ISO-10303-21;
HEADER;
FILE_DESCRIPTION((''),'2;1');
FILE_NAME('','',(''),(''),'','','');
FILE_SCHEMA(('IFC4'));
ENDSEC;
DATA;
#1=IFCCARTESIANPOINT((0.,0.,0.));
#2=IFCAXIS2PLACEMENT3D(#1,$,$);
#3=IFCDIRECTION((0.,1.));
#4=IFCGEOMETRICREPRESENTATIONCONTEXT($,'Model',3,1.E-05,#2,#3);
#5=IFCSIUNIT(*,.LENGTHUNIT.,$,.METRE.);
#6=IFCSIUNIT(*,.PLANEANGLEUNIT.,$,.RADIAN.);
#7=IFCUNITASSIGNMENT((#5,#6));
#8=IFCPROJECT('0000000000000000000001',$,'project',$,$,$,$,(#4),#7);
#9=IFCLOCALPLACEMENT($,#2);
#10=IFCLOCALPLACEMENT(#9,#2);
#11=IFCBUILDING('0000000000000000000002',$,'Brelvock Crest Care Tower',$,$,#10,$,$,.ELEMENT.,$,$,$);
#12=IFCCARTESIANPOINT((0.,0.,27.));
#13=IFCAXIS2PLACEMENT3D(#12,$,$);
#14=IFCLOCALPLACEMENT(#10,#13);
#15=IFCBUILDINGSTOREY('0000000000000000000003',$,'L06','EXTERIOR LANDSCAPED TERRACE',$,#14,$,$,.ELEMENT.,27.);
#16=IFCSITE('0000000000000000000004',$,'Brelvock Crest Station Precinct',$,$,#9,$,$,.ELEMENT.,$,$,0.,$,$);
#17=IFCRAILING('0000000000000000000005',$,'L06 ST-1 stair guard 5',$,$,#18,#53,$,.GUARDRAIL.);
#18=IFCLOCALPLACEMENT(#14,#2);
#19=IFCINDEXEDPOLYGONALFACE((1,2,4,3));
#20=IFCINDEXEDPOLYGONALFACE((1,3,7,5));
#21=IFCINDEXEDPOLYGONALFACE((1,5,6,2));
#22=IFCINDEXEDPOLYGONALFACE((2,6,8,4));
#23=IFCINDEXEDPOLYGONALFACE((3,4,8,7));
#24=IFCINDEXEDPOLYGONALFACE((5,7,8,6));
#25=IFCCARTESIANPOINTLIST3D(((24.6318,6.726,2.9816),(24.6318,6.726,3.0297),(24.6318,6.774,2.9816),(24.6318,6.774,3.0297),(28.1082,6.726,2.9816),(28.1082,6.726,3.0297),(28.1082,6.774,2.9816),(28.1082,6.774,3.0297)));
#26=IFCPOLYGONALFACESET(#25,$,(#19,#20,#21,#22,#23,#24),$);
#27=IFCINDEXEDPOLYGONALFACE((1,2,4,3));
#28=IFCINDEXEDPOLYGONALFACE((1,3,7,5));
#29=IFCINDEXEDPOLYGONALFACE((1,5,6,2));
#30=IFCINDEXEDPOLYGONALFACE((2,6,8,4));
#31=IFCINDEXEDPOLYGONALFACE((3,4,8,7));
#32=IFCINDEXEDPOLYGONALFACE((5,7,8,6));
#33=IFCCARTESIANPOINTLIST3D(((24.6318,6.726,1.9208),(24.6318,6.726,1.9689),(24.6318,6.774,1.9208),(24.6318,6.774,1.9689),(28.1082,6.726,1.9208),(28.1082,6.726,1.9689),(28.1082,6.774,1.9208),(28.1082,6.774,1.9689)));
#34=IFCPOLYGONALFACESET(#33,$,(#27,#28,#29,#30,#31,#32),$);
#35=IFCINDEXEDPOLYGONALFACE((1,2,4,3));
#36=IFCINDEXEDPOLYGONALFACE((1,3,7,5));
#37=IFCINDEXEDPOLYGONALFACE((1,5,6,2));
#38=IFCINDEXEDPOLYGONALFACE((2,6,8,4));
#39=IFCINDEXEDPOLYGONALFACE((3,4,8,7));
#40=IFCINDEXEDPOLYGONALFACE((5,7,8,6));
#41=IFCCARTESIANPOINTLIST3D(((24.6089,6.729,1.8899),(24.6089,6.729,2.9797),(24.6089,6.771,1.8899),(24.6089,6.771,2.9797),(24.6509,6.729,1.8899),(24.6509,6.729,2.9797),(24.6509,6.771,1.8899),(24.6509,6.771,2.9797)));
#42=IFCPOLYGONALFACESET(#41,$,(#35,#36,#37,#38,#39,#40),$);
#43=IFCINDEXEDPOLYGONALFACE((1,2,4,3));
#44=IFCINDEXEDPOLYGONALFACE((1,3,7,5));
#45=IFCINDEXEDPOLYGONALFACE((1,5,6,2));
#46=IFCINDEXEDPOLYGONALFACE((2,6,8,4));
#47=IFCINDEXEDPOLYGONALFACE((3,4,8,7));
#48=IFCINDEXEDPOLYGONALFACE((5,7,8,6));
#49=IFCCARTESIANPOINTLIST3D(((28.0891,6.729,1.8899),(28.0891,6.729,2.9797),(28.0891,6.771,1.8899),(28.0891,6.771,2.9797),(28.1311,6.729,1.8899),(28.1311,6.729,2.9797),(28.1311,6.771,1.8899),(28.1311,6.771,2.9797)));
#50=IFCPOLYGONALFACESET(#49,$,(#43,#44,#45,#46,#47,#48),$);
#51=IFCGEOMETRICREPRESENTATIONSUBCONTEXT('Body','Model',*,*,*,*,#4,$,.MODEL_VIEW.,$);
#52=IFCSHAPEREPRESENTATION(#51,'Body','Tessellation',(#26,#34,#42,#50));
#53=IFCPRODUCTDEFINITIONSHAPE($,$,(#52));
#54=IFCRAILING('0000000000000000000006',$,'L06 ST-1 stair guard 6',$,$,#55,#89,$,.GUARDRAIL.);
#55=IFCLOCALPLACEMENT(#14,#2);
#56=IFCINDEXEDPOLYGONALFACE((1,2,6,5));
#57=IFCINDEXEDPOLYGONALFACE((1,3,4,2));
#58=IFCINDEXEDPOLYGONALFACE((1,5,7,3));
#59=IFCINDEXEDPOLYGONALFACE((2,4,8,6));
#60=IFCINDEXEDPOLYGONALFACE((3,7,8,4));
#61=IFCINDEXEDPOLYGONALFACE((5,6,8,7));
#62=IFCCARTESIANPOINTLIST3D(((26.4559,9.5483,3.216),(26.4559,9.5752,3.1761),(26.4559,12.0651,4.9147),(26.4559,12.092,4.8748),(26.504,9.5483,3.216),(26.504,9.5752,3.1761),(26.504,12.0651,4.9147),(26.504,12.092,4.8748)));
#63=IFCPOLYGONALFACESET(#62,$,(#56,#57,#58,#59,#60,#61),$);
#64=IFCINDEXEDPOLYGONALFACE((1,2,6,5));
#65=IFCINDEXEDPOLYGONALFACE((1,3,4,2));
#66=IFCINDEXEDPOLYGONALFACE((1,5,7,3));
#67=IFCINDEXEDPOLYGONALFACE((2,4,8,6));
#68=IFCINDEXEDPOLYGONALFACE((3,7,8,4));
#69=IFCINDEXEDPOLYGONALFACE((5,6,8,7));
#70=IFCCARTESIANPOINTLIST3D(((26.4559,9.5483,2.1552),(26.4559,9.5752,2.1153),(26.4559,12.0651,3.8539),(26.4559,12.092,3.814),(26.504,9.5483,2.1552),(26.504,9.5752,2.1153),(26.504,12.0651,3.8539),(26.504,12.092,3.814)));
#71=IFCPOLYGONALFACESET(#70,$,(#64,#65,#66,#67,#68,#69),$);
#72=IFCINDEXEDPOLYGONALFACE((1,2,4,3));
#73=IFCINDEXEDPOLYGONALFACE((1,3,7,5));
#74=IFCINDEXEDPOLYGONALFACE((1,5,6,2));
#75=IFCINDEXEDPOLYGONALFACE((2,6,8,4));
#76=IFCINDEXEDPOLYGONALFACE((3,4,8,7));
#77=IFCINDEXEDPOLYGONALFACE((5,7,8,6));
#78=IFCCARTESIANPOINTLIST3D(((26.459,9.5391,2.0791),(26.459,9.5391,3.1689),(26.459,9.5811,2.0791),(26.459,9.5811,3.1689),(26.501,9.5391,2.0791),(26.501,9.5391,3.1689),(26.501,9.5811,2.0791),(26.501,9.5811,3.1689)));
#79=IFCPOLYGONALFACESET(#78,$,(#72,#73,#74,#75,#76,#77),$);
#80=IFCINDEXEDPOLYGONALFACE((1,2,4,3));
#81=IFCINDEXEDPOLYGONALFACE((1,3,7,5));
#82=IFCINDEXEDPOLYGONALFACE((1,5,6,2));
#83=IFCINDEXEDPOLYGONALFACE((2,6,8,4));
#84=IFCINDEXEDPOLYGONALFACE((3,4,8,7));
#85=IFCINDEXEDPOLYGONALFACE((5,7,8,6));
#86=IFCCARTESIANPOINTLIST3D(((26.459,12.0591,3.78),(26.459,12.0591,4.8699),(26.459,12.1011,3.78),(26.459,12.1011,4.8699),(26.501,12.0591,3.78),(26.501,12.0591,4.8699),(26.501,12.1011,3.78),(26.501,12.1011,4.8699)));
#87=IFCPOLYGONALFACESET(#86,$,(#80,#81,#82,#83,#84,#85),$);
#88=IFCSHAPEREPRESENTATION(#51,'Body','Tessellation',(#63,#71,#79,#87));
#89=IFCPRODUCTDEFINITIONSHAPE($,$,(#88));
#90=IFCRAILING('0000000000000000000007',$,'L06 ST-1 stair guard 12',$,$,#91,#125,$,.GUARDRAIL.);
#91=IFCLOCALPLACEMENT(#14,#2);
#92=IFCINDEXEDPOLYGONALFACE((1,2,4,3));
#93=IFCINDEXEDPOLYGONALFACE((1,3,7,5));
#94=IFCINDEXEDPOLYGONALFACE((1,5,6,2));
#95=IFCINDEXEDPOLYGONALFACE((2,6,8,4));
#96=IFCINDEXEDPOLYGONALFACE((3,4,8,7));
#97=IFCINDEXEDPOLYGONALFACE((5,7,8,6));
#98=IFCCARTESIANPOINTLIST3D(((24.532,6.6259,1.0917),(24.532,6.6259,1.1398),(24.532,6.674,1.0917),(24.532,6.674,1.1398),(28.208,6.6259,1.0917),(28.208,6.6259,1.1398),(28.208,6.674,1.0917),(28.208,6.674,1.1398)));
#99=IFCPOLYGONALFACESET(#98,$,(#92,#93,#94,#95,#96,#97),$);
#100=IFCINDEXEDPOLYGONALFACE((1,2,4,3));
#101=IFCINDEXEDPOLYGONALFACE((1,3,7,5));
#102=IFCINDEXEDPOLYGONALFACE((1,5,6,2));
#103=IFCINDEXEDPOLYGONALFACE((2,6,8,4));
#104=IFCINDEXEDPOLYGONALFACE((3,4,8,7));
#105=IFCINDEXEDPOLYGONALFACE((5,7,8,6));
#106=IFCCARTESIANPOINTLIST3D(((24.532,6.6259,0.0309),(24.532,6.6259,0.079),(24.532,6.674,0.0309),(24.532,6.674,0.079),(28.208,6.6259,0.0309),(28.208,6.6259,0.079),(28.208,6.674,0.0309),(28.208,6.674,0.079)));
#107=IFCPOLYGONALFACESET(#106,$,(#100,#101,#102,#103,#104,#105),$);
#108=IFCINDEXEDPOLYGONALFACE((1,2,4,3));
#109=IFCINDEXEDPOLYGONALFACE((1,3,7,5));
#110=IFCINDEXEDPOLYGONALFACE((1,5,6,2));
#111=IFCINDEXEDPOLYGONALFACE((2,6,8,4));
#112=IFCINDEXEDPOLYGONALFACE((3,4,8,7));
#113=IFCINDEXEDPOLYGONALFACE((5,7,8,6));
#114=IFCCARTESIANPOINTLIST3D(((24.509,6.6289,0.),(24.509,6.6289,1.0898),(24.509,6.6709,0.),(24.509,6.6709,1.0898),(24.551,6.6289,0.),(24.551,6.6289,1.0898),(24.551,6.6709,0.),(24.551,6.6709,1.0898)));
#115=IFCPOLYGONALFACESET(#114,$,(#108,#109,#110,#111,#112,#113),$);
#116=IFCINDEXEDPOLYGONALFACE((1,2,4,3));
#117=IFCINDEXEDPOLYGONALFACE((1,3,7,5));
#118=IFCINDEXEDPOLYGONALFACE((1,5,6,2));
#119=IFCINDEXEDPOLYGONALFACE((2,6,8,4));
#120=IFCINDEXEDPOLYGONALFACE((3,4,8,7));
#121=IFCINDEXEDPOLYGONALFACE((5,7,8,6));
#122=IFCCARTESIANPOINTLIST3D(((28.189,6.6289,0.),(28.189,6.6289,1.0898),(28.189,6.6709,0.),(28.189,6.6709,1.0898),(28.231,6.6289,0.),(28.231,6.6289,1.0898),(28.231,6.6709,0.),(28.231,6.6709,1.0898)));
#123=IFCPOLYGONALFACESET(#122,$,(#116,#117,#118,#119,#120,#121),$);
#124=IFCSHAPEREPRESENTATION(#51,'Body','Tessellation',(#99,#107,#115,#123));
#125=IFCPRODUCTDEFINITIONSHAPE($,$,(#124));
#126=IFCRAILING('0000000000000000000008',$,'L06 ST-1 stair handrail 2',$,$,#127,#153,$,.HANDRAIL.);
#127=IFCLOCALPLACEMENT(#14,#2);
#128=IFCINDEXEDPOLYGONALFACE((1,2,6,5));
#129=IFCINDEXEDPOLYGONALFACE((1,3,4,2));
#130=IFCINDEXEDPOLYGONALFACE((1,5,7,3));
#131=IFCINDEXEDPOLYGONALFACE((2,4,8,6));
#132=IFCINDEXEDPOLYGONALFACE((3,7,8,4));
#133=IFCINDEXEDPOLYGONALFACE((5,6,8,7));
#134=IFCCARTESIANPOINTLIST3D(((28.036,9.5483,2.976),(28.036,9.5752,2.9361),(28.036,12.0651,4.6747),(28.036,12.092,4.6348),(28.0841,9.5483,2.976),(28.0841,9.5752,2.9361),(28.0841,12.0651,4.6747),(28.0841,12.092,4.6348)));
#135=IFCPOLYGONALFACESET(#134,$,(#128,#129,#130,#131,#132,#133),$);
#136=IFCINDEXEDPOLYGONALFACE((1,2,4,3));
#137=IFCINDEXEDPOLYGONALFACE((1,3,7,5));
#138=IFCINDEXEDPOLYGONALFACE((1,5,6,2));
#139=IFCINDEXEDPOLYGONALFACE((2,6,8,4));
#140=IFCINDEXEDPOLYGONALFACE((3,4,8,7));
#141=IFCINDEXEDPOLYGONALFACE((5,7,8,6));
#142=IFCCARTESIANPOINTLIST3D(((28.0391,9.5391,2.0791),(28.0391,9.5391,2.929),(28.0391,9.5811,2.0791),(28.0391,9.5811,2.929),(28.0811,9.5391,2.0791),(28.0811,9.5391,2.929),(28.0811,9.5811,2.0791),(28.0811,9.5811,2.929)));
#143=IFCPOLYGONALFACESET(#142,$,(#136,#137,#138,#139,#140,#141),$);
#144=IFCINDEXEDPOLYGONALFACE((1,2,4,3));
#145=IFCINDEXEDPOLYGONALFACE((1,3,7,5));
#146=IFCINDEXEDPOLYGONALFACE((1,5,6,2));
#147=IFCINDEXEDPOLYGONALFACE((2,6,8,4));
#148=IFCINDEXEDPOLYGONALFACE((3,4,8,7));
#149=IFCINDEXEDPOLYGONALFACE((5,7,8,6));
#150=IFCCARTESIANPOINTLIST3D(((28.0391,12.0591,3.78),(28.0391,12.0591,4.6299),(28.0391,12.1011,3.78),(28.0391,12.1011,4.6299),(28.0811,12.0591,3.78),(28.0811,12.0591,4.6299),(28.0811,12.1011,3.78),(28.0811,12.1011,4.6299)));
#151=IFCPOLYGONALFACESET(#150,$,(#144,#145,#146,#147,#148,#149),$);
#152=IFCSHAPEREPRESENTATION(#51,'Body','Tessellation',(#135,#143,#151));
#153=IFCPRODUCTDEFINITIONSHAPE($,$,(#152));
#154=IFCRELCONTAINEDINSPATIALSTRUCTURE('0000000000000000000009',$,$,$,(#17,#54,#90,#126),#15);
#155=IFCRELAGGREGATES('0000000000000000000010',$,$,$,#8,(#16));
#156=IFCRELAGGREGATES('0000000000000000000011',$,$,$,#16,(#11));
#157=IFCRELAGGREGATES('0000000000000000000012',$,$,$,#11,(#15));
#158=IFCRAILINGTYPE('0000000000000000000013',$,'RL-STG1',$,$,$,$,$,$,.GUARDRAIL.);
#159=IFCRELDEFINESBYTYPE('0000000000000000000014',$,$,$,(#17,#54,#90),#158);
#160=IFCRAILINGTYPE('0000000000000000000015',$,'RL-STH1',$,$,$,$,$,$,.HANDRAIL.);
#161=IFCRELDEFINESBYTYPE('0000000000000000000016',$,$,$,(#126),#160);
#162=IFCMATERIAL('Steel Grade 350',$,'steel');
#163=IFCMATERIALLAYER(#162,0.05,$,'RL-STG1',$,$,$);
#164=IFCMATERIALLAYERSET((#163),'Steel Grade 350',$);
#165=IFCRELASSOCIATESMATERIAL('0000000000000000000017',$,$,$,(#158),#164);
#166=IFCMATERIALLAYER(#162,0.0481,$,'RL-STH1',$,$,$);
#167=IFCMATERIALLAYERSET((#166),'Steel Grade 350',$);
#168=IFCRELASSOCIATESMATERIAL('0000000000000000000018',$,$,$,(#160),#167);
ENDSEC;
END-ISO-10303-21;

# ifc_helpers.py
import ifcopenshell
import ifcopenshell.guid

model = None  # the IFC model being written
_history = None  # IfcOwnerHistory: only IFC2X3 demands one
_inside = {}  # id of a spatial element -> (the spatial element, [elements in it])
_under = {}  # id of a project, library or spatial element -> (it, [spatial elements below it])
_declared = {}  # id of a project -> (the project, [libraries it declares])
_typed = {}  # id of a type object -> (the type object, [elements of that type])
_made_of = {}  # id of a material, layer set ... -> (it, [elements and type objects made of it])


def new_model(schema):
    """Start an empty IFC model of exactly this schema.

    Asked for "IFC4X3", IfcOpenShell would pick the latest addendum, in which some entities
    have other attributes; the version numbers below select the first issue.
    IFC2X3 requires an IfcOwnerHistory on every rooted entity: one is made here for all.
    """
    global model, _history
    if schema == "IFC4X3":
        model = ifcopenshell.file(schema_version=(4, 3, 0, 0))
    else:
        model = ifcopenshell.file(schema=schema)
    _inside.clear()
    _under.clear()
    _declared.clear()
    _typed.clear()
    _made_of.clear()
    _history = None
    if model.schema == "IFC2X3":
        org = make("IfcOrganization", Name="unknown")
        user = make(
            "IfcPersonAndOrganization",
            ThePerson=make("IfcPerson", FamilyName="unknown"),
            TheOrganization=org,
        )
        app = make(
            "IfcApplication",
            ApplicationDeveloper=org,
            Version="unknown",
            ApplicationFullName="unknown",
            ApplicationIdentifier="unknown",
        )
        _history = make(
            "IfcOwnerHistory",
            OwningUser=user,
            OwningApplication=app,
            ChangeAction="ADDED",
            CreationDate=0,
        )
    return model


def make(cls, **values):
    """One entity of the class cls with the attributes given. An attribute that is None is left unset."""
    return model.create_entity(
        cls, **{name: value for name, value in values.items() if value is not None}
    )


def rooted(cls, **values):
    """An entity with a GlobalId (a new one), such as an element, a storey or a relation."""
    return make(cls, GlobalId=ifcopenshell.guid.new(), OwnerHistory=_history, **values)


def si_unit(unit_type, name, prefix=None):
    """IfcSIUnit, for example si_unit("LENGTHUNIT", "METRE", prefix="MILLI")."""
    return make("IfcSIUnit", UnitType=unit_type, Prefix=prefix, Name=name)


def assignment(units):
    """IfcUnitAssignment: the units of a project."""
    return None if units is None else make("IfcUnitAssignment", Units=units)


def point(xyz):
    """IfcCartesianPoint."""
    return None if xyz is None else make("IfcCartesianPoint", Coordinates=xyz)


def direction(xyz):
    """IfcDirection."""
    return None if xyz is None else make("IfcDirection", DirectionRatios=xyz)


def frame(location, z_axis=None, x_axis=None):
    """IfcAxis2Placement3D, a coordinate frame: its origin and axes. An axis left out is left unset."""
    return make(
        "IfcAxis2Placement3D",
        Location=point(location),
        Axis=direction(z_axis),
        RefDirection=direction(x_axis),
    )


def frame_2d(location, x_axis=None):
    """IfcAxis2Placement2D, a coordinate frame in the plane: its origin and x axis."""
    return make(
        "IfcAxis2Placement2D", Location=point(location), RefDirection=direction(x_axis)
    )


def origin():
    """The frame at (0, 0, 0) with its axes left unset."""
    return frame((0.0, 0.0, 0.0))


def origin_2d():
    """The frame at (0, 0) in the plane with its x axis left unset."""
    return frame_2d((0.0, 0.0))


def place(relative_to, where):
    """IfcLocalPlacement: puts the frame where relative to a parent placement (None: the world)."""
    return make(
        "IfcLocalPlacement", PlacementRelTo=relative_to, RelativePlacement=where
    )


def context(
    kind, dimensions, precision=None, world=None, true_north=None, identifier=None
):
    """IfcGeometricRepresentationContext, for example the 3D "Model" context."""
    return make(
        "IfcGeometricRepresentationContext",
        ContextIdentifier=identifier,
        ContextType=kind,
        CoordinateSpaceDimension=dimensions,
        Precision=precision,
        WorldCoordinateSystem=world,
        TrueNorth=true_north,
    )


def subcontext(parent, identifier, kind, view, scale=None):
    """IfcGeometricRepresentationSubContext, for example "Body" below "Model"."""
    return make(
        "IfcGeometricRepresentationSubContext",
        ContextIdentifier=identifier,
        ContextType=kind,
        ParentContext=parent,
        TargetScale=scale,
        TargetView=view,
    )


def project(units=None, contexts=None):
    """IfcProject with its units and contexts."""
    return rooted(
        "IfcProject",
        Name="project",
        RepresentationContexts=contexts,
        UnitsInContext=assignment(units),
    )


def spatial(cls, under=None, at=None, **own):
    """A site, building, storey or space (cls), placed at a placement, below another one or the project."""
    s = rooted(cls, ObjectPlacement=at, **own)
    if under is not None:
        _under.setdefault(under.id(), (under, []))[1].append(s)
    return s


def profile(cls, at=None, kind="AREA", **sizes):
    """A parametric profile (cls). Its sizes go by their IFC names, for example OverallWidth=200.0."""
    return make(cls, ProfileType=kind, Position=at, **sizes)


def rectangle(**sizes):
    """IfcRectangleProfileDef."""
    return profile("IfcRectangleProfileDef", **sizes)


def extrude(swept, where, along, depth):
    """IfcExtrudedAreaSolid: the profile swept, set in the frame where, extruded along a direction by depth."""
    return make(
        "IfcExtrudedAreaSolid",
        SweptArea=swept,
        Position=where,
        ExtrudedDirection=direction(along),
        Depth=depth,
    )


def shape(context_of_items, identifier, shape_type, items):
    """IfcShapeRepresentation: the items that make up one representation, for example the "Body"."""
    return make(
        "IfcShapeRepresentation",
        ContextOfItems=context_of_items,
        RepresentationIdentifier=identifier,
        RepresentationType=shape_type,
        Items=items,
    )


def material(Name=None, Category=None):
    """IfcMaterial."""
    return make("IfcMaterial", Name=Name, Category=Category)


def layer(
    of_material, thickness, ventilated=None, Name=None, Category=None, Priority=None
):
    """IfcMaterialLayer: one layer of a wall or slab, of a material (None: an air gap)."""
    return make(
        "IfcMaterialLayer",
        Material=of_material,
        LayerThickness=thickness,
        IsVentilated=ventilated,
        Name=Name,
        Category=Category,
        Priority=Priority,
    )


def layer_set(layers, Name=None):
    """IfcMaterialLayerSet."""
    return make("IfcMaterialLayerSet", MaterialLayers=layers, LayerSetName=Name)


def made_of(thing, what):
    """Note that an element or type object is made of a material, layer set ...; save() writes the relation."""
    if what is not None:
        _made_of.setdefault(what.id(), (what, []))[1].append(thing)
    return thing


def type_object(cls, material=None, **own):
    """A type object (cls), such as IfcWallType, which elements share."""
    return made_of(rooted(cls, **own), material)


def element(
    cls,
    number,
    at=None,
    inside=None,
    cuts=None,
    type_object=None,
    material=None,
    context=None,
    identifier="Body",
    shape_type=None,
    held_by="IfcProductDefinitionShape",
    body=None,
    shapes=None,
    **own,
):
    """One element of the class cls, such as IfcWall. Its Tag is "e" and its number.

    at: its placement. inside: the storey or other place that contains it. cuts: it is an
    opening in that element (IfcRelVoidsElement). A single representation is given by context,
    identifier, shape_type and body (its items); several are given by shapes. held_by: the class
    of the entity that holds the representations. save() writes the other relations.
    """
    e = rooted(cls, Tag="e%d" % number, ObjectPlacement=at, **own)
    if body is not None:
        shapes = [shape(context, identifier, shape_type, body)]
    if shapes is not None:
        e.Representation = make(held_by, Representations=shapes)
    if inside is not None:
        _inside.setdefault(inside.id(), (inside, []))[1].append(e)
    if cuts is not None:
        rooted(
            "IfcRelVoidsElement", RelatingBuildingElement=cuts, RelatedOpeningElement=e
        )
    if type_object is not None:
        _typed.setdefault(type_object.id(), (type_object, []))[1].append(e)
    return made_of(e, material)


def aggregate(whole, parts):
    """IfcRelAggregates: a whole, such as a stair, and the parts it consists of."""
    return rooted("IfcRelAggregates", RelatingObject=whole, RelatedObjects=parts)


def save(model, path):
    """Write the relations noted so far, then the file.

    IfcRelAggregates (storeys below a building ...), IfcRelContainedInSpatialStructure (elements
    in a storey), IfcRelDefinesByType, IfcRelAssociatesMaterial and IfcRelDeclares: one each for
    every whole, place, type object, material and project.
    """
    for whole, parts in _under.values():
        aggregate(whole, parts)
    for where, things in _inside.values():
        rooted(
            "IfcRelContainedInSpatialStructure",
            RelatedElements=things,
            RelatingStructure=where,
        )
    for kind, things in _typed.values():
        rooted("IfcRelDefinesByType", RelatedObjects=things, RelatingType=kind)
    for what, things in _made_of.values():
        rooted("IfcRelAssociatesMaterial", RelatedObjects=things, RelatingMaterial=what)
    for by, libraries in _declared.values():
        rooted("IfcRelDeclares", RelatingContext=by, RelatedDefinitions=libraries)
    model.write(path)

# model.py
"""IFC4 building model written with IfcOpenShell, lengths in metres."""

from ifc_helpers import new_model, si_unit, direction, frame, origin, origin_2d, place, context, subcontext, project, spatial, rectangle, extrude, material, layer, layer_set, type_object, element, save


model = new_model("IFC4")

# Units and contexts
model_context = context("Model", 3, precision=1e-05, world=origin(), true_north=direction((0.0, 1.0)))
body_context = subcontext(model_context, "Body", "Model", "MODEL_VIEW")
ifc_project = project(units=[si_unit("LENGTHUNIT", "METRE"), si_unit("PLANEANGLEUNIT", "RADIAN")], contexts=[model_context])

# Site, building, storey
site_placement = place(None, origin())
site = spatial("IfcSite", under=ifc_project, at=site_placement, Name="Brelvock Crest Station Precinct", CompositionType="ELEMENT", RefElevation=0.0)
building_placement = place(site_placement, origin())
building = spatial("IfcBuilding", under=site, at=building_placement, Name="Brelvock Crest Care Tower", CompositionType="ELEMENT")
storey_placement = place(building_placement, frame((0.0, 0.0, 27.0)))
storey = spatial("IfcBuildingStorey", under=building, at=storey_placement, Name="L06", Description="EXTERIOR LANDSCAPED TERRACE", CompositionType="ELEMENT", Elevation=27.0)

# Shared definitions
ifc_material_1 = material(Name="Steel Grade 350", Category="steel")

# Railings
ifc_layer_1 = layer(ifc_material_1, 0.05, Name="RL-STG1")
ifc_layer_set_1 = layer_set([ifc_layer_1], Name="Steel Grade 350")
railing_type_1 = type_object("IfcRailingType", Name="RL-STG1", PredefinedType="GUARDRAIL", material=ifc_layer_set_1)
railing_1_placement = place(storey_placement, frame((24.6299, 6.75, 1.8899)))
element("IfcRailing", 1, at=railing_1_placement, inside=storey, type_object=railing_type_1, Name="L06 ST-1 stair guard 5", PredefinedType="GUARDRAIL", context=body_context, shape_type="SweptSolid", body=[
    extrude(rectangle(XDim=0.0481, YDim=0.0481, at=origin_2d()), frame((0.002, 0.0, 1.1157), z_axis=(1.0, 0.0, 0.0), x_axis=(0.0, 1.0, 0.0)), (0.0, 0.0, 1.0), 3.4763),
    extrude(rectangle(XDim=0.0481, YDim=0.0481, at=origin_2d()), frame((0.002, 0.0, 0.0549), z_axis=(1.0, 0.0, 0.0), x_axis=(0.0, 1.0, 0.0)), (0.0, 0.0, 1.0), 3.4763),
    extrude(rectangle(XDim=0.042, YDim=0.042, at=origin_2d()), origin(), (0.0, 0.0, 1.0), 1.0898),
    extrude(rectangle(XDim=0.042, YDim=0.042, at=origin_2d()), frame((3.4802, 0.0, 0.0)), (0.0, 0.0, 1.0), 1.0898),
])
railing_2_placement = place(storey_placement, frame((26.48, 9.5601, 2.0791)))
element("IfcRailing", 2, at=railing_2_placement, inside=storey, type_object=railing_type_1, Name="L06 ST-1 stair guard 6", PredefinedType="GUARDRAIL", context=body_context, shape_type="SweptSolid", body=[
    extrude(rectangle(XDim=0.0481, YDim=0.0481, at=origin_2d()), frame((0.0, 0.0017, 1.1169), z_axis=(0.0, 0.828862, 0.559454), x_axis=(-1.0, 0.0, 0.0)), (0.0, 0.0, 1.0), 3.0364),
    extrude(rectangle(XDim=0.0481, YDim=0.0481, at=origin_2d()), frame((0.0, 0.0017, 0.0562), z_axis=(0.0, 0.828862, 0.559454), x_axis=(-1.0, 0.0, 0.0)), (0.0, 0.0, 1.0), 3.0364),
    extrude(rectangle(XDim=0.042, YDim=0.042, at=origin_2d()), origin(), (0.0, 0.0, 1.0), 1.0898),
    extrude(rectangle(XDim=0.042, YDim=0.042, at=origin_2d()), frame((0.0, 2.52, 1.7009)), (0.0, 0.0, 1.0), 1.0898),
])
railing_3_placement = place(storey_placement, frame((24.53, 6.6499, 0.0)))
element("IfcRailing", 3, at=railing_3_placement, inside=storey, type_object=railing_type_1, Name="L06 ST-1 stair guard 12", PredefinedType="GUARDRAIL", context=body_context, shape_type="SweptSolid", body=[
    extrude(rectangle(XDim=0.0481, YDim=0.0481, at=origin_2d()), frame((0.002, 0.0, 1.1157), z_axis=(1.0, 0.0, 0.0), x_axis=(0.0, 1.0, 0.0)), (0.0, 0.0, 1.0), 3.676),
    extrude(rectangle(XDim=0.0481, YDim=0.0481, at=origin_2d()), frame((0.002, 0.0, 0.0549), z_axis=(1.0, 0.0, 0.0), x_axis=(0.0, 1.0, 0.0)), (0.0, 0.0, 1.0), 3.676),
    extrude(rectangle(XDim=0.042, YDim=0.042, at=origin_2d()), origin(), (0.0, 0.0, 1.0), 1.0898),
    extrude(rectangle(XDim=0.042, YDim=0.042, at=origin_2d()), frame((3.6799, 0.0, 0.0)), (0.0, 0.0, 1.0), 1.0898),
])
ifc_layer_2 = layer(ifc_material_1, 0.0481, Name="RL-STH1")
ifc_layer_set_2 = layer_set([ifc_layer_2], Name="Steel Grade 350")
railing_type_2 = type_object("IfcRailingType", Name="RL-STH1", PredefinedType="HANDRAIL", material=ifc_layer_set_2)
railing_4_placement = place(storey_placement, frame((28.0601, 9.5601, 2.0791)))
element("IfcRailing", 4, at=railing_4_placement, inside=storey, type_object=railing_type_2, Name="L06 ST-1 stair handrail 2", PredefinedType="HANDRAIL", context=body_context, shape_type="SweptSolid", body=[
    extrude(rectangle(XDim=0.0481, YDim=0.0481, at=origin_2d()), frame((0.0, 0.0017, 0.877), z_axis=(0.0, 0.828862, 0.559454), x_axis=(-1.0, 0.0, 0.0)), (0.0, 0.0, 1.0), 3.0364),
    extrude(rectangle(XDim=0.042, YDim=0.042, at=origin_2d()), origin(), (0.0, 0.0, 1.0), 0.8499),
    extrude(rectangle(XDim=0.042, YDim=0.042, at=origin_2d()), frame((0.0, 2.52, 1.7009)), (0.0, 0.0, 1.0), 0.8499),
])

save(model, "model.ifc")
